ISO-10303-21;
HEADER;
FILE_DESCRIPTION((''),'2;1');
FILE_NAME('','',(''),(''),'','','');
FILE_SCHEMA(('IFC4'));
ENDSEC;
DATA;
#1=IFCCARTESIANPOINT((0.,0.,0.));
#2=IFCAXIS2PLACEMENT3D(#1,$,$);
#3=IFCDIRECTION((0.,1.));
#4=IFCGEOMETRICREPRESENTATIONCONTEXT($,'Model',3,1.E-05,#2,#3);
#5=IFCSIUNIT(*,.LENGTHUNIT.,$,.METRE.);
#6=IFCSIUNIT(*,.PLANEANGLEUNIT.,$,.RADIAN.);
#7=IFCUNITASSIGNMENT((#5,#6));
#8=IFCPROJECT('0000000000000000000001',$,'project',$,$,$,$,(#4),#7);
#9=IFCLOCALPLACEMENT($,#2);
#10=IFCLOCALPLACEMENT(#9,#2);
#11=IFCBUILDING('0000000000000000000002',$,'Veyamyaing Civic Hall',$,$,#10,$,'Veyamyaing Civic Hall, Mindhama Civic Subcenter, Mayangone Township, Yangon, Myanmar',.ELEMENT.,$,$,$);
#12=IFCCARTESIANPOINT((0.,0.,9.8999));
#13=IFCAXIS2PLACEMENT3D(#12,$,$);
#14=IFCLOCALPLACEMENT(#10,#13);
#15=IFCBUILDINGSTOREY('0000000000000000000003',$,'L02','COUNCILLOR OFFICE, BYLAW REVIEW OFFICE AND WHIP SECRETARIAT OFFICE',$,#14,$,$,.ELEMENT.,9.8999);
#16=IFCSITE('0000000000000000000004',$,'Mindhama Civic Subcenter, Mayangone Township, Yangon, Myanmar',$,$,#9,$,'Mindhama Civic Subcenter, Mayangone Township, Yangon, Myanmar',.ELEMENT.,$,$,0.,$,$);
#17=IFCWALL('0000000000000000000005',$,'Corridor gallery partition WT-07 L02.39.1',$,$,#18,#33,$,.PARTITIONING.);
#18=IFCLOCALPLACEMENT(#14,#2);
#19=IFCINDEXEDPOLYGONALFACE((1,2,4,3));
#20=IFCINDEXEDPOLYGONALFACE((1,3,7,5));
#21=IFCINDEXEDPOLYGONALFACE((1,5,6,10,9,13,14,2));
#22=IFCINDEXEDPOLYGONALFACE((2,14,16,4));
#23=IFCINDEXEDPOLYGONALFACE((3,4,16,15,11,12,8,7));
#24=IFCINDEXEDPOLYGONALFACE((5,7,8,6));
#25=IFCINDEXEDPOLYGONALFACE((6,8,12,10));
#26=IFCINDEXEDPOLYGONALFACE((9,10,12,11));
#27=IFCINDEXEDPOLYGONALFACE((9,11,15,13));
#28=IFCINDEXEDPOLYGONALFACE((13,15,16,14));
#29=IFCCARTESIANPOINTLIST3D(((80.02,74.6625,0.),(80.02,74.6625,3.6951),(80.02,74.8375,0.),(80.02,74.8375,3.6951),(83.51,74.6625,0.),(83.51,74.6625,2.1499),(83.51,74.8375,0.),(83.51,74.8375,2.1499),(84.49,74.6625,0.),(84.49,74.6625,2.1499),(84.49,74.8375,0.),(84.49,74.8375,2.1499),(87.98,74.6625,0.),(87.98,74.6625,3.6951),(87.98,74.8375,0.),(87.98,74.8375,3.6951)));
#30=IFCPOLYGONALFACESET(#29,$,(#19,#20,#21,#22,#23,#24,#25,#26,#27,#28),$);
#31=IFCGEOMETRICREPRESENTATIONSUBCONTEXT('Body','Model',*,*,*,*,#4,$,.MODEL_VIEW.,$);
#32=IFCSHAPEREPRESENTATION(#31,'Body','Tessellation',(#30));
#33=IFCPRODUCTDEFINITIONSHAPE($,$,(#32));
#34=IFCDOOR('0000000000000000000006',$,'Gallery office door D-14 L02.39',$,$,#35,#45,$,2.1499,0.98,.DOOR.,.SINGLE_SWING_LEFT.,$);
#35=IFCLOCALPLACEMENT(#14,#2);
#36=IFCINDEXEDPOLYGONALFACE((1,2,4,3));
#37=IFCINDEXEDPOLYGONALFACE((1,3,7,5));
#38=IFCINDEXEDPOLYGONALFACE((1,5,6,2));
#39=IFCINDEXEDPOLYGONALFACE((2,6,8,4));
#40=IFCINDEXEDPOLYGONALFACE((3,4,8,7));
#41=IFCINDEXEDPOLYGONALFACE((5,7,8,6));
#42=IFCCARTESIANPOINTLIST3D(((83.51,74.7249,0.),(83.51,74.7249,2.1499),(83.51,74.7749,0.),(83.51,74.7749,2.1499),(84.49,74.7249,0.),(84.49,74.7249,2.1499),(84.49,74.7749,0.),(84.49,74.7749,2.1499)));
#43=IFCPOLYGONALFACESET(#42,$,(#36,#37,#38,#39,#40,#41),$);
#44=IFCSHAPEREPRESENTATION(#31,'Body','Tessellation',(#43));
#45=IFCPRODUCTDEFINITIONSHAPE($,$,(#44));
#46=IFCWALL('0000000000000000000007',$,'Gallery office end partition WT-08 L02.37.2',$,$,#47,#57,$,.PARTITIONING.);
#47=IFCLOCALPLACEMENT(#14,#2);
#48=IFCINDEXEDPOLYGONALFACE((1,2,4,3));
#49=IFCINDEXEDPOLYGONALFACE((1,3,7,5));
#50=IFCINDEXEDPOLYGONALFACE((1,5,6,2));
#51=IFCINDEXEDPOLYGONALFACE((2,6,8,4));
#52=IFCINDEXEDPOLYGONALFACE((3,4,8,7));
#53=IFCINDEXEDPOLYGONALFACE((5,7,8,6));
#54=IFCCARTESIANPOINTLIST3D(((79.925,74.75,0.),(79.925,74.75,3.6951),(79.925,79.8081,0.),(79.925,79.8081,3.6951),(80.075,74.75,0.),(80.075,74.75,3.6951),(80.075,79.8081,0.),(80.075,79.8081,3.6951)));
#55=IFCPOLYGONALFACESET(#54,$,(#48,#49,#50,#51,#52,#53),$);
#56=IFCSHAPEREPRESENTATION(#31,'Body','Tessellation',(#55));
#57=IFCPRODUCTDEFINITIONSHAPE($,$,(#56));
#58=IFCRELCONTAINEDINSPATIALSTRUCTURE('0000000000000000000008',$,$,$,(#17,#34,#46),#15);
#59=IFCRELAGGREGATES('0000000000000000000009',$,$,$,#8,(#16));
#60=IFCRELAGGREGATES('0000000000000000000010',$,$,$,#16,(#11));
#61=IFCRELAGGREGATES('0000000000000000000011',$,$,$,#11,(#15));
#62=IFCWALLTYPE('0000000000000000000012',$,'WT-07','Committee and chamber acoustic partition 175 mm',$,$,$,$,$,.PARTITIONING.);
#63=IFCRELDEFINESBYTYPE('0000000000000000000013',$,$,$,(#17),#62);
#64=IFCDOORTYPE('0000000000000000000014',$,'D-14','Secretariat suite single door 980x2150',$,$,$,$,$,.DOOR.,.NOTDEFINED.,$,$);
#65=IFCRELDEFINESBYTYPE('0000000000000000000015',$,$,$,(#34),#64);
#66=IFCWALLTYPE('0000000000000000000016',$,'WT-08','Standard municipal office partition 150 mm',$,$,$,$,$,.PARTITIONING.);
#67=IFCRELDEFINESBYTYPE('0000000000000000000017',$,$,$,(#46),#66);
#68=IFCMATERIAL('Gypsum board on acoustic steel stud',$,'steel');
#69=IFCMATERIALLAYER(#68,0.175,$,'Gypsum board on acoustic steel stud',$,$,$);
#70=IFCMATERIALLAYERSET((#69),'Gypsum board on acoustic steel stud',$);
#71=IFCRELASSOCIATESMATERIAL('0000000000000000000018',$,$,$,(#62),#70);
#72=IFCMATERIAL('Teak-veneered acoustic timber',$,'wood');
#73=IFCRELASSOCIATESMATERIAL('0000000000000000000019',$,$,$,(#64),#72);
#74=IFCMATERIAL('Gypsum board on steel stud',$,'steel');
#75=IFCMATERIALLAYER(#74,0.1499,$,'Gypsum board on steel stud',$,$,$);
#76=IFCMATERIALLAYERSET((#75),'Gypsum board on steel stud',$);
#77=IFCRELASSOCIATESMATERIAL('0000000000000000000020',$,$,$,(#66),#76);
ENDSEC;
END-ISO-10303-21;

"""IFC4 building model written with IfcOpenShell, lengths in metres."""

from ifc_helpers import new_model, si_unit, direction, frame, frame_2d, origin, place, context, subcontext, project, spatial, rectangle, extrude, material, layer, layer_set, type_object, element, fill, save


model = new_model("IFC4")

# Units and contexts
model_context = context("Model", 3, precision=1e-05, world=origin(), true_north=direction((0.0, 1.0)))
body_context = subcontext(model_context, "Body", "Model", "MODEL_VIEW")
ifc_project = project(units=[si_unit("LENGTHUNIT", "METRE"), si_unit("PLANEANGLEUNIT", "RADIAN")], contexts=[model_context])

# Site, building, storey
site_placement = place(None, origin())
site = spatial("IfcSite", under=ifc_project, at=site_placement, Name="Mindhama Civic Subcenter, Mayangone Township, Yangon, Myanmar", LongName="Mindhama Civic Subcenter, Mayangone Township, Yangon, Myanmar", CompositionType="ELEMENT", RefElevation=0.0)
building_placement = place(site_placement, origin())
building = spatial("IfcBuilding", under=site, at=building_placement, Name="Veyamyaing Civic Hall", LongName="Veyamyaing Civic Hall, Mindhama Civic Subcenter, Mayangone Township, Yangon, Myanmar", CompositionType="ELEMENT")
storey_placement = place(building_placement, frame((0.0, 0.0, 9.8999)))
storey = spatial("IfcBuildingStorey", under=building, at=storey_placement, Name="L02", Description="COUNCILLOR OFFICE, BYLAW REVIEW OFFICE AND WHIP SECRETARIAT OFFICE", CompositionType="ELEMENT", Elevation=9.8999)

# Wall, opening, door
ifc_material_1 = material(Name="Teak-veneered acoustic timber", Category="wood")
ifc_material_2 = material(Name="Gypsum board on acoustic steel stud", Category="steel")
ifc_layer_1 = layer(ifc_material_2, 0.175, Name="Gypsum board on acoustic steel stud")
ifc_layer_set_1 = layer_set([ifc_layer_1], Name="Gypsum board on acoustic steel stud")
wall_type_1 = type_object("IfcWallType", Name="WT-07", Description="Committee and chamber acoustic partition 175 mm", PredefinedType="PARTITIONING", material=ifc_layer_set_1)
wall_1_placement = place(storey_placement, frame((80.02, 74.75, 0.0), z_axis=(0.0, 0.0, 1.0), x_axis=(1.0, 0.0, 0.0)))
wall_1 = element("IfcWall", 1, at=wall_1_placement, inside=storey, type_object=wall_type_1, Name="Corridor gallery partition WT-07 L02.39.1", PredefinedType="PARTITIONING", context=body_context, shape_type="SweptSolid", body=[
    extrude(rectangle(XDim=7.96, YDim=0.175, at=frame_2d((3.98, 0.0))), origin(), (0.0, 0.0, 1.0), 3.6951),
])
opening_1_placement = place(wall_1_placement, frame((3.49, 0.0, 0.0)))
opening_1 = element("IfcOpeningElement", 2, at=opening_1_placement, cuts=wall_1, PredefinedType="OPENING", context=body_context, shape_type="SweptSolid", body=[
    extrude(rectangle(XDim=0.98, YDim=2.1499, at=frame_2d((0.49, 1.075))), frame((0.0, 0.0974, 0.0), z_axis=(0.0, -1.0, 0.0), x_axis=(1.0, 0.0, 0.0)), (0.0, 0.0, 1.0), 0.1951),
])
door_type_1 = type_object("IfcDoorType", Name="D-14", Description="Secretariat suite single door 980x2150", OperationType="NOTDEFINED", PredefinedType="DOOR", material=ifc_material_1)
door_1_placement = place(opening_1_placement, origin())
door_1 = element("IfcDoor", 3, at=door_1_placement, inside=storey, type_object=door_type_1, Name="Gallery office door D-14 L02.39", OperationType="SINGLE_SWING_LEFT", OverallHeight=2.1499, OverallWidth=0.98, PredefinedType="DOOR", context=body_context, shape_type="SweptSolid", body=[
    extrude(rectangle(XDim=0.98, YDim=2.1499, at=frame_2d((0.49, 1.075))), frame((0.0, 0.0249, 0.0), z_axis=(0.0, -1.0, 0.0), x_axis=(1.0, 0.0, 0.0)), (0.0, 0.0, 1.0), 0.05),
])
fill(opening_1, door_1)

# Wall
ifc_material_3 = material(Name="Gypsum board on steel stud", Category="steel")
ifc_layer_2 = layer(ifc_material_3, 0.1499, Name="Gypsum board on steel stud")
ifc_layer_set_2 = layer_set([ifc_layer_2], Name="Gypsum board on steel stud")
wall_type_2 = type_object("IfcWallType", Name="WT-08", Description="Standard municipal office partition 150 mm", PredefinedType="PARTITIONING", material=ifc_layer_set_2)
wall_2_placement = place(storey_placement, frame((80.0, 74.75, 0.0), z_axis=(0.0, 0.0, 1.0), x_axis=(0.0, 1.0, 0.0)))
element("IfcWall", 4, at=wall_2_placement, inside=storey, type_object=wall_type_2, Name="Gallery office end partition WT-08 L02.37.2", PredefinedType="PARTITIONING", context=body_context, shape_type="SweptSolid", body=[
    extrude(rectangle(XDim=5.0581, YDim=0.1499, at=frame_2d((2.5291, 0.0))), origin(), (0.0, 0.0, 1.0), 3.6951),
])

save(model, "model.ifc")
